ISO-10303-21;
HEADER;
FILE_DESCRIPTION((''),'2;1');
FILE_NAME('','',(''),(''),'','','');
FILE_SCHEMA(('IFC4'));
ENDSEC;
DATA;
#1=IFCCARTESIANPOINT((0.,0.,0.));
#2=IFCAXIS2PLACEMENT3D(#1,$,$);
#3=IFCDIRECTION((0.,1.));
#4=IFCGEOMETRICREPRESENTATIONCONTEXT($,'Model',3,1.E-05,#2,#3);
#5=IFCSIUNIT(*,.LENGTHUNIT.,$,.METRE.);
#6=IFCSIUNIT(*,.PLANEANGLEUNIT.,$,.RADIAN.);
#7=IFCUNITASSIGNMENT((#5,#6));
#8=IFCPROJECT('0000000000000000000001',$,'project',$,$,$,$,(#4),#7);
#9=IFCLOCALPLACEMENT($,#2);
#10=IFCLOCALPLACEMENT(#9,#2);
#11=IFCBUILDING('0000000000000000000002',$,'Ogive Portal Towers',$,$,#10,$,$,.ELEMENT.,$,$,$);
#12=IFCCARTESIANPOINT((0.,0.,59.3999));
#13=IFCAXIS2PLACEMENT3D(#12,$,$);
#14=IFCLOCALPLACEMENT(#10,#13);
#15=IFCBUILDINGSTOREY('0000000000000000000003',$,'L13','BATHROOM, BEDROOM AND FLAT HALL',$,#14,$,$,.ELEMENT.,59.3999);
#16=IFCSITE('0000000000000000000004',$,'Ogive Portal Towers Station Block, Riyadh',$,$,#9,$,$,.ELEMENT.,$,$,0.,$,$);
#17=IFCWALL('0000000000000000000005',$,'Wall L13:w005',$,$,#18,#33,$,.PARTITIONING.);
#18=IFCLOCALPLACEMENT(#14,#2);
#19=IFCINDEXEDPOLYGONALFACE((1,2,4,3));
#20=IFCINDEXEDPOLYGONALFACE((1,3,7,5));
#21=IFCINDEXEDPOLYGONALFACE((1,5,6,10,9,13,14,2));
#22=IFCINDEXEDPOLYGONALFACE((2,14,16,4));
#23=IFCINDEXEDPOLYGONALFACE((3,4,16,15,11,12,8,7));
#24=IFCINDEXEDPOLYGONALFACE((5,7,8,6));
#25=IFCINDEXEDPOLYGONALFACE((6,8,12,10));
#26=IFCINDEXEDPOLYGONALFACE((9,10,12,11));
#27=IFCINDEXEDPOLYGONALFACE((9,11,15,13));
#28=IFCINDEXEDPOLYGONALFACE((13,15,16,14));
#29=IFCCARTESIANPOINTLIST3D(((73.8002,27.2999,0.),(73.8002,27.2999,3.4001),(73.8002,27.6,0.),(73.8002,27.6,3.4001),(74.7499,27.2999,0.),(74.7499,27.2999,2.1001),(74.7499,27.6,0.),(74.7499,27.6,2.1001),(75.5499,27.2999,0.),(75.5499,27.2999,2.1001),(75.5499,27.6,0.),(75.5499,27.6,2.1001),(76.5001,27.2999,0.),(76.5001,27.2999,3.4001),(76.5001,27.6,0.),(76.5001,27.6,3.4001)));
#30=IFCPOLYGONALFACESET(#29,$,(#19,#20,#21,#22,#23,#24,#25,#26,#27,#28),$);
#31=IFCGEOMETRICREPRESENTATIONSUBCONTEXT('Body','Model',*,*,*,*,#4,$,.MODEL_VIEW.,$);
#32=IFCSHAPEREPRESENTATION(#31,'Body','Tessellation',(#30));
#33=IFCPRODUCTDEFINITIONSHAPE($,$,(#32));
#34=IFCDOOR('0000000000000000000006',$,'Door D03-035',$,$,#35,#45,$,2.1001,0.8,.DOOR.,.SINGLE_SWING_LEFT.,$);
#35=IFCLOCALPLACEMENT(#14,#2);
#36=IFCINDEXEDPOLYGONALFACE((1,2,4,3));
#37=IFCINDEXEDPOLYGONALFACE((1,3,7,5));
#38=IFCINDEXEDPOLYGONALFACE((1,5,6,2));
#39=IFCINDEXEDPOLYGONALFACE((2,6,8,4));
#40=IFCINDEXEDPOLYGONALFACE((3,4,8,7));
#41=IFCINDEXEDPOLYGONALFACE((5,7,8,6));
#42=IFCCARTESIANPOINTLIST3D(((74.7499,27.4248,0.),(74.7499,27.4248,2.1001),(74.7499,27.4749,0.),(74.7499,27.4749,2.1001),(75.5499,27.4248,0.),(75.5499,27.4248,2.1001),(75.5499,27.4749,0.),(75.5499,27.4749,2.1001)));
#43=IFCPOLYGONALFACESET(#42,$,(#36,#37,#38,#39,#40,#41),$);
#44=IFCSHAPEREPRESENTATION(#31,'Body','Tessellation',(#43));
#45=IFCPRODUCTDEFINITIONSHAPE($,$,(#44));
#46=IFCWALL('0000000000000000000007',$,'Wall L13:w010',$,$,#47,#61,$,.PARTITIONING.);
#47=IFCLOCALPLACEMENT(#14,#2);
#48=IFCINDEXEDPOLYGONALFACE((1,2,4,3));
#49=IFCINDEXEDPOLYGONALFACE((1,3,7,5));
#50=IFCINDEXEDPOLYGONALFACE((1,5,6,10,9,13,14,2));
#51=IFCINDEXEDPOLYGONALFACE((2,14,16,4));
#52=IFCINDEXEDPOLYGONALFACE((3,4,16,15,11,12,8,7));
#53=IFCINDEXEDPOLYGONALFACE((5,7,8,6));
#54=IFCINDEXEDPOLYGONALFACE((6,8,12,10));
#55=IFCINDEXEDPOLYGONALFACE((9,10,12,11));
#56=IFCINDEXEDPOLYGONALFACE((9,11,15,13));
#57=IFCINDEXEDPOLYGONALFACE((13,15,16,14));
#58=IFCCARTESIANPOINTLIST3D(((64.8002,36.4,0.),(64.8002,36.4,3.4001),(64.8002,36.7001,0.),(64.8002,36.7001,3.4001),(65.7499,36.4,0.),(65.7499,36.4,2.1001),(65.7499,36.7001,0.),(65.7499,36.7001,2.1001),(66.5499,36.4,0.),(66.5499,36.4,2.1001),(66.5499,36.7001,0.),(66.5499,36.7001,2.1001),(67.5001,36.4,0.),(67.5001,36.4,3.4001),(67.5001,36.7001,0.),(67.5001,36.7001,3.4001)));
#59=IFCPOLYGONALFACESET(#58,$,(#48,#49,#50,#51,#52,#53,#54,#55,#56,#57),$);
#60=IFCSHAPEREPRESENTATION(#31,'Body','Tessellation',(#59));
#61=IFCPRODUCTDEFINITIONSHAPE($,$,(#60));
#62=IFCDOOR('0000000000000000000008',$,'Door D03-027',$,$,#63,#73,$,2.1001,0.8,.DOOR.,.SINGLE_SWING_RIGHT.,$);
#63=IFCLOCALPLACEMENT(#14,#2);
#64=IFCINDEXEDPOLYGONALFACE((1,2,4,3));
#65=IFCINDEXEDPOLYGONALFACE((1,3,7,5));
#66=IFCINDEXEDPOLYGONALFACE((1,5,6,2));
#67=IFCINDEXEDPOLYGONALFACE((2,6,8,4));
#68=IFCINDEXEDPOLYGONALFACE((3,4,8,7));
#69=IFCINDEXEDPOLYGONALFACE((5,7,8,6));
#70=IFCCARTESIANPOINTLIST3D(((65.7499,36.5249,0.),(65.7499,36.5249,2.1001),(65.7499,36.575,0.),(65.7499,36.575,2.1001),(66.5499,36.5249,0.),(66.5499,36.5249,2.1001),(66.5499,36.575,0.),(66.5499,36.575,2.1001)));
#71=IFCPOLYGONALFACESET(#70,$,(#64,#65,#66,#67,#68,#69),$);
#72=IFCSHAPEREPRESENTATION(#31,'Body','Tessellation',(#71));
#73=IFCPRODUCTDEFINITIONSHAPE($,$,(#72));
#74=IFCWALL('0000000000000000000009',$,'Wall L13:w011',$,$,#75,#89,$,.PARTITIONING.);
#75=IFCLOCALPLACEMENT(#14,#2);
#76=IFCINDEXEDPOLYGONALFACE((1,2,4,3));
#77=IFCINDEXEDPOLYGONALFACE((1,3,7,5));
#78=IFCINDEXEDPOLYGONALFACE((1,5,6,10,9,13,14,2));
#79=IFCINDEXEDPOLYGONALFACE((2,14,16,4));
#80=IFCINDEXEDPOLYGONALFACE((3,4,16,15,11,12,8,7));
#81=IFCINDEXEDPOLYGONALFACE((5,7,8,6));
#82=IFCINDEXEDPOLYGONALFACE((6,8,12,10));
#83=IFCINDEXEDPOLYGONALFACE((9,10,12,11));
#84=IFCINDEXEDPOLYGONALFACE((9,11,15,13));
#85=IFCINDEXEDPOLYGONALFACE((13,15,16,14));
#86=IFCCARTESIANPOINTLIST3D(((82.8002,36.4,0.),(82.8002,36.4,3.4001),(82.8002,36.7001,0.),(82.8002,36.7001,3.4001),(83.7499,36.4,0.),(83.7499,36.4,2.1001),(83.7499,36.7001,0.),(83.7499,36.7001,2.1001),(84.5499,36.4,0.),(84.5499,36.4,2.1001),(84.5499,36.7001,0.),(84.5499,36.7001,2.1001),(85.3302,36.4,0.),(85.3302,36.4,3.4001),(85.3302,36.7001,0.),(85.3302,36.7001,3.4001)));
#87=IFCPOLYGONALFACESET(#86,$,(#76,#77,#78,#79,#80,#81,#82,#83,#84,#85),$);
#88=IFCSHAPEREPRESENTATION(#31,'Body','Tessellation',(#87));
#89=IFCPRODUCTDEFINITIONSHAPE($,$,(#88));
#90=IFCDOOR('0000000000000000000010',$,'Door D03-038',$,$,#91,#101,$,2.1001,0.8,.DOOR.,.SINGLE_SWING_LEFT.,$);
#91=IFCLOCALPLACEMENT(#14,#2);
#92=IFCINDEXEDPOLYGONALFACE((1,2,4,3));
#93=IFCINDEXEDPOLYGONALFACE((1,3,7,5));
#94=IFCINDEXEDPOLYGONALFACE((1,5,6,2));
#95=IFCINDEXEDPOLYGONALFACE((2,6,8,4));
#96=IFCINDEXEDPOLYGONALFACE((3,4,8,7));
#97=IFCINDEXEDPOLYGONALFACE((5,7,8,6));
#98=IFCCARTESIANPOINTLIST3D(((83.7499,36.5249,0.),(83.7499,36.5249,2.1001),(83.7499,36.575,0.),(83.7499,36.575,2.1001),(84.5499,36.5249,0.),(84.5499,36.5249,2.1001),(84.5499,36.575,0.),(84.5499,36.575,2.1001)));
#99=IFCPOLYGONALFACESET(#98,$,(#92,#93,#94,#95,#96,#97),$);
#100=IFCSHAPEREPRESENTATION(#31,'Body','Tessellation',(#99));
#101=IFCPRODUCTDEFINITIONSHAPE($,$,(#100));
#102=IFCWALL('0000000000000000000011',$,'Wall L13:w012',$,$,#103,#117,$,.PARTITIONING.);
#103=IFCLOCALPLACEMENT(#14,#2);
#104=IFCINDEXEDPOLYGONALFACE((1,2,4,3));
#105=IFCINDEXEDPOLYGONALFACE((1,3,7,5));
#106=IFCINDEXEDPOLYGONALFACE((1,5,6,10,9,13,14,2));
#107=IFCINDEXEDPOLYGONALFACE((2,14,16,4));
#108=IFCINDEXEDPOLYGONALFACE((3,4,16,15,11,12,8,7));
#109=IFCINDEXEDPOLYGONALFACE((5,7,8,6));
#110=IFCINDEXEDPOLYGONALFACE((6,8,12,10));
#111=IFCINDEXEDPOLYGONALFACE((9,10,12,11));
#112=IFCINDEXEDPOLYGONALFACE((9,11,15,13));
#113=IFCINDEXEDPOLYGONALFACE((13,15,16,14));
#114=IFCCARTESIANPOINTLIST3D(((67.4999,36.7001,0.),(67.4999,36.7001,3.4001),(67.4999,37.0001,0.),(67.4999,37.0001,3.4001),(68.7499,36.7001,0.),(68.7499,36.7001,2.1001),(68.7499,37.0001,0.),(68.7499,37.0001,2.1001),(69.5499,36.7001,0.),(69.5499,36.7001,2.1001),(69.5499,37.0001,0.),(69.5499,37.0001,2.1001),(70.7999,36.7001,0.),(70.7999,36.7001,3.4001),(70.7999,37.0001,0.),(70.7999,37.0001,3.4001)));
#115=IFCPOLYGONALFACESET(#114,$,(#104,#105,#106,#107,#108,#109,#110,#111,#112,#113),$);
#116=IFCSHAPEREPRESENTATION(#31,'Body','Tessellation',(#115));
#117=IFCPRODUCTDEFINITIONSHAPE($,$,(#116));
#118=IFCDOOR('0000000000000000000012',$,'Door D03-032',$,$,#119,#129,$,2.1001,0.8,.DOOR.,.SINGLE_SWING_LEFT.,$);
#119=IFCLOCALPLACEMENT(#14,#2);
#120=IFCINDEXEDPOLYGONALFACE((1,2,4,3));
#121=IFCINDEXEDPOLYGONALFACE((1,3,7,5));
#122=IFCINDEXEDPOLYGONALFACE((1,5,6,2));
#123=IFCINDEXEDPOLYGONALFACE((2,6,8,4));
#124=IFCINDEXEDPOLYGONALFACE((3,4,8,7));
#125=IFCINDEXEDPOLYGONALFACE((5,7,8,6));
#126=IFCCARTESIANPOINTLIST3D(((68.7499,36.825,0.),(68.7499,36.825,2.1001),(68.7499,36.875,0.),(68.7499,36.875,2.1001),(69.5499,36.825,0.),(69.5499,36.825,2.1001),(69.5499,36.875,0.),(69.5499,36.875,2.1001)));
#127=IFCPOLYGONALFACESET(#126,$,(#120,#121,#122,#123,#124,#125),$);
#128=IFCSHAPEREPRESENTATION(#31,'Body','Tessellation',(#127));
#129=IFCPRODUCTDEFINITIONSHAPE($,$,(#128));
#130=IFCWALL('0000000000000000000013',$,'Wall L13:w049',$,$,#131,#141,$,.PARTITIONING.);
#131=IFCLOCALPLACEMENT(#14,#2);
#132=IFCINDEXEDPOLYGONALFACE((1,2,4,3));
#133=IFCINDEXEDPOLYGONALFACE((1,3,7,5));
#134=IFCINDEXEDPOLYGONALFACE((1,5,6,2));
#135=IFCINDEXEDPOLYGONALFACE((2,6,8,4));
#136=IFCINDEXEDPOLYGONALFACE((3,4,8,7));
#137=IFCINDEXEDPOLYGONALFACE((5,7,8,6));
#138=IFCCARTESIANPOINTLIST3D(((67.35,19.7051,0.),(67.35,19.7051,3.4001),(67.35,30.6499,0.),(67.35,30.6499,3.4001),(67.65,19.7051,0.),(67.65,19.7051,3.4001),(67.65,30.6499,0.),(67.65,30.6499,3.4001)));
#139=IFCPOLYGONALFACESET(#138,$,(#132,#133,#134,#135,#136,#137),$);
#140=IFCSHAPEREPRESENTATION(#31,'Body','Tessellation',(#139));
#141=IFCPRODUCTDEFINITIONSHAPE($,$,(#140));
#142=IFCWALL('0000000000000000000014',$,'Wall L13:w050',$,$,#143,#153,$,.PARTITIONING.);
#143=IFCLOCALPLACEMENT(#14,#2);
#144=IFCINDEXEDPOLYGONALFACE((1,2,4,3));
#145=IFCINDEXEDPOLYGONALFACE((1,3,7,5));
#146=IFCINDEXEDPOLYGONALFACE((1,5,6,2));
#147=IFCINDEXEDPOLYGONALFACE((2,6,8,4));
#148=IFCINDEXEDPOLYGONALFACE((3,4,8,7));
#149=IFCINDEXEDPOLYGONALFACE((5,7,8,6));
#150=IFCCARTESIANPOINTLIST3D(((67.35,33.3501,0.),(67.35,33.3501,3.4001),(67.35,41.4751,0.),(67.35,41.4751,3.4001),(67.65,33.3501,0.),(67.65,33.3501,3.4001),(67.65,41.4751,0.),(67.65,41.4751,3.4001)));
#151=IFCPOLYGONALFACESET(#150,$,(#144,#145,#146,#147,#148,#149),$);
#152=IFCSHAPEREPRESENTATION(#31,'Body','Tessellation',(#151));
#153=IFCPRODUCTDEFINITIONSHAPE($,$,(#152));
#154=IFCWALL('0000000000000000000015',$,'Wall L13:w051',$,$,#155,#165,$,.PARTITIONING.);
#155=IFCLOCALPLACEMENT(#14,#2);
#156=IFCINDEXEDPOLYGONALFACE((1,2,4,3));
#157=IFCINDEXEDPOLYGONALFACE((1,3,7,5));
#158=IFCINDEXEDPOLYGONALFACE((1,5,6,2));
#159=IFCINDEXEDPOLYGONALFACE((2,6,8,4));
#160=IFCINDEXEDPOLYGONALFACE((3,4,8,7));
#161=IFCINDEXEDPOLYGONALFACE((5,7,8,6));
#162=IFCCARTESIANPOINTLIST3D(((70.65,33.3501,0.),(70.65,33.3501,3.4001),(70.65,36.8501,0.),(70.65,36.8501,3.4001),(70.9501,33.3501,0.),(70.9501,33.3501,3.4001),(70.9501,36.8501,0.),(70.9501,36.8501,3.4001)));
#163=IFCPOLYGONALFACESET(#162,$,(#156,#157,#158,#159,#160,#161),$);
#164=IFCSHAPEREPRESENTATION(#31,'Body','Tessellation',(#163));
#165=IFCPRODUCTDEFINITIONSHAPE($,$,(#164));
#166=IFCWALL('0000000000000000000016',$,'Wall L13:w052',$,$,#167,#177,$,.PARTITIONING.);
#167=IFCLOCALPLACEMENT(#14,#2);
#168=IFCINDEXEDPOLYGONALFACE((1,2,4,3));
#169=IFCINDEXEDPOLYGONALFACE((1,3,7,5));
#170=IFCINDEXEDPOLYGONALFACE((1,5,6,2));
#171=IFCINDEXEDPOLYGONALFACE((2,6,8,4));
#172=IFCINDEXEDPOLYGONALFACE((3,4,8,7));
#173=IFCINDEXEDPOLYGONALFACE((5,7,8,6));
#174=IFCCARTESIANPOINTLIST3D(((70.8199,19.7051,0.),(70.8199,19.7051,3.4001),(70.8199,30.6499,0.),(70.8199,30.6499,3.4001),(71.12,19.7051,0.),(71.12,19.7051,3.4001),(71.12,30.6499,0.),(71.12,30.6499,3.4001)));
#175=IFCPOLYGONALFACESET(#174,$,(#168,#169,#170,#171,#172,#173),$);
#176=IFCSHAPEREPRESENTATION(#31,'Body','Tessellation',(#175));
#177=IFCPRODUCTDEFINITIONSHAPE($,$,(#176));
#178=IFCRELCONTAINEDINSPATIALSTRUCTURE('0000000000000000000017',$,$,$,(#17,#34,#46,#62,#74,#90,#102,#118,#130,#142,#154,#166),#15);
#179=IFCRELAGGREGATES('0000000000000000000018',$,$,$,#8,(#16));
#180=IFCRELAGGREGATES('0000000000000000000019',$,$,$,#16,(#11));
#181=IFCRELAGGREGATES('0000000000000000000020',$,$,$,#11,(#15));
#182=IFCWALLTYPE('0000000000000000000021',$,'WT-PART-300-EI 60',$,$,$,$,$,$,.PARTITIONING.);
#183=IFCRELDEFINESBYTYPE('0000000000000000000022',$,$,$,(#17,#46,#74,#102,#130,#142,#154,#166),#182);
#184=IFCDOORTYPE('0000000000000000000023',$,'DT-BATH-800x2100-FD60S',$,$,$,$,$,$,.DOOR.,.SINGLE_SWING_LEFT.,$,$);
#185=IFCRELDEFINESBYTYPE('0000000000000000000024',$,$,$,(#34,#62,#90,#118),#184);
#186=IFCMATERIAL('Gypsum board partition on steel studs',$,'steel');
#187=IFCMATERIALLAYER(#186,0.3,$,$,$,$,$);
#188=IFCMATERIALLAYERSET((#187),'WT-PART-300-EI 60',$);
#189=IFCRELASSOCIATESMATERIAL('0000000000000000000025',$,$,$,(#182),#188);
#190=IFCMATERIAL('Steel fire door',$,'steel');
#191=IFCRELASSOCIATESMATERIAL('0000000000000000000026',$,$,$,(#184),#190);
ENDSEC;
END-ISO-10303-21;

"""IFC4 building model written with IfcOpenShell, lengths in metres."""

from ifc_helpers import new_model, si_unit, direction, frame, frame_2d, origin, place, context, subcontext, project, spatial, rectangle, extrude, material, layer, layer_set, type_object, element, fill, save


model = new_model("IFC4")

# Units and contexts
model_context = context("Model", 3, precision=1e-05, world=origin(), true_north=direction((0.0, 1.0)))
body_context = subcontext(model_context, "Body", "Model", "MODEL_VIEW")
ifc_project = project(units=[si_unit("LENGTHUNIT", "METRE"), si_unit("PLANEANGLEUNIT", "RADIAN")], contexts=[model_context])

# Site, building, storey
site_placement = place(None, origin())
site = spatial("IfcSite", under=ifc_project, at=site_placement, Name="Ogive Portal Towers Station Block, Riyadh", CompositionType="ELEMENT", RefElevation=0.0)
building_placement = place(site_placement, origin())
building = spatial("IfcBuilding", under=site, at=building_placement, Name="Ogive Portal Towers", CompositionType="ELEMENT")
storey_placement = place(building_placement, frame((0.0, 0.0, 59.3999)))
storey = spatial("IfcBuildingStorey", under=building, at=storey_placement, Name="L13", Description="BATHROOM, BEDROOM AND FLAT HALL", CompositionType="ELEMENT", Elevation=59.3999)

# Walls, openings, doors
ifc_material_1 = material(Name="Gypsum board partition on steel studs", Category="steel")
ifc_layer_1 = layer(ifc_material_1, 0.3)
ifc_layer_set_1 = layer_set([ifc_layer_1], Name="WT-PART-300-EI 60")
wall_type = type_object("IfcWallType", Name="WT-PART-300-EI 60", PredefinedType="PARTITIONING", material=ifc_layer_set_1)
ifc_material_2 = material(Name="Steel fire door", Category="steel")
door_type = type_object("IfcDoorType", Name="DT-BATH-800x2100-FD60S", OperationType="SINGLE_SWING_LEFT", PredefinedType="DOOR", material=ifc_material_2)
wall_1_placement = place(storey_placement, frame((73.8, 27.45, 0.0), z_axis=(0.0, 0.0, 1.0), x_axis=(1.0, 0.0, 0.0)))
wall_1 = element("IfcWall", 1, at=wall_1_placement, inside=storey, type_object=wall_type, Name="Wall L13:w005", PredefinedType="PARTITIONING", context=body_context, shape_type="SweptSolid", body=[
    extrude(rectangle(XDim=2.7, YDim=0.3, at=frame_2d((1.3501, 0.0))), origin(), (0.0, 0.0, 1.0), 3.4001),
])
opening_1_placement = place(wall_1_placement, frame((0.95, 0.0, 0.0)))
opening_1 = element("IfcOpeningElement", 2, at=opening_1_placement, cuts=wall_1, PredefinedType="OPENING", context=body_context, shape_type="SweptSolid", body=[
    extrude(rectangle(XDim=0.8, YDim=2.1001, at=frame_2d((0.3999, 1.05))), frame((0.0, 0.1602, 0.0), z_axis=(0.0, -1.0, 0.0), x_axis=(1.0, 0.0, 0.0)), (0.0, 0.0, 1.0), 0.3201),
])
door_1_placement = place(opening_1_placement, origin())
door_1 = element("IfcDoor", 3, at=door_1_placement, inside=storey, type_object=door_type, Name="Door D03-035", OperationType="SINGLE_SWING_LEFT", OverallHeight=2.1001, OverallWidth=0.8, PredefinedType="DOOR", context=body_context, shape_type="SweptSolid", body=[
    extrude(rectangle(XDim=0.8, YDim=2.1001, at=frame_2d((0.3999, 1.05))), frame((0.0, 0.0249, 0.0), z_axis=(0.0, -1.0, 0.0), x_axis=(1.0, 0.0, 0.0)), (0.0, 0.0, 1.0), 0.05),
])
fill(opening_1, door_1)
wall_2_placement = place(storey_placement, frame((64.8, 36.55, 0.0), z_axis=(0.0, 0.0, 1.0), x_axis=(1.0, 0.0, 0.0)))
wall_2 = element("IfcWall", 4, at=wall_2_placement, inside=storey, type_object=wall_type, Name="Wall L13:w010", PredefinedType="PARTITIONING", context=body_context, shape_type="SweptSolid", body=[
    extrude(rectangle(XDim=2.7, YDim=0.3, at=frame_2d((1.3501, 0.0))), origin(), (0.0, 0.0, 1.0), 3.4001),
])
opening_2_placement = place(wall_2_placement, frame((0.95, 0.0, 0.0)))
opening_2 = element("IfcOpeningElement", 5, at=opening_2_placement, cuts=wall_2, PredefinedType="OPENING", context=body_context, shape_type="SweptSolid", body=[
    extrude(rectangle(XDim=0.8, YDim=2.1001, at=frame_2d((0.3999, 1.05))), frame((0.0, 0.1602, 0.0), z_axis=(0.0, -1.0, 0.0), x_axis=(1.0, 0.0, 0.0)), (0.0, 0.0, 1.0), 0.3201),
])
door_2_placement = place(opening_2_placement, origin())
door_2 = element("IfcDoor", 6, at=door_2_placement, inside=storey, type_object=door_type, Name="Door D03-027", OperationType="SINGLE_SWING_RIGHT", OverallHeight=2.1001, OverallWidth=0.8, PredefinedType="DOOR", context=body_context, shape_type="SweptSolid", body=[
    extrude(rectangle(XDim=0.8, YDim=2.1001, at=frame_2d((0.3999, 1.05))), frame((0.0, 0.0249, 0.0), z_axis=(0.0, -1.0, 0.0), x_axis=(1.0, 0.0, 0.0)), (0.0, 0.0, 1.0), 0.05),
])
fill(opening_2, door_2)
wall_3_placement = place(storey_placement, frame((82.8, 36.55, 0.0), z_axis=(0.0, 0.0, 1.0), x_axis=(1.0, 0.0, 0.0)))
wall_3 = element("IfcWall", 7, at=wall_3_placement, inside=storey, type_object=wall_type, Name="Wall L13:w011", PredefinedType="PARTITIONING", context=body_context, shape_type="SweptSolid", body=[
    extrude(rectangle(XDim=2.53, YDim=0.3, at=frame_2d((1.2651, 0.0))), origin(), (0.0, 0.0, 1.0), 3.4001),
])
opening_3_placement = place(wall_3_placement, frame((0.95, 0.0, 0.0)))
opening_3 = element("IfcOpeningElement", 8, at=opening_3_placement, cuts=wall_3, PredefinedType="OPENING", context=body_context, shape_type="SweptSolid", body=[
    extrude(rectangle(XDim=0.8, YDim=2.1001, at=frame_2d((0.3999, 1.05))), frame((0.0, 0.1602, 0.0), z_axis=(0.0, -1.0, 0.0), x_axis=(1.0, 0.0, 0.0)), (0.0, 0.0, 1.0), 0.3201),
])
door_3_placement = place(opening_3_placement, origin())
door_3 = element("IfcDoor", 9, at=door_3_placement, inside=storey, type_object=door_type, Name="Door D03-038", OperationType="SINGLE_SWING_LEFT", OverallHeight=2.1001, OverallWidth=0.8, PredefinedType="DOOR", context=body_context, shape_type="SweptSolid", body=[
    extrude(rectangle(XDim=0.8, YDim=2.1001, at=frame_2d((0.3999, 1.05))), frame((0.0, 0.0249, 0.0), z_axis=(0.0, -1.0, 0.0), x_axis=(1.0, 0.0, 0.0)), (0.0, 0.0, 1.0), 0.05),
])
fill(opening_3, door_3)
wall_4_placement = place(storey_placement, frame((67.5, 36.8501, 0.0), z_axis=(0.0, 0.0, 1.0), x_axis=(1.0, 0.0, 0.0)))
wall_4 = element("IfcWall", 10, at=wall_4_placement, inside=storey, type_object=wall_type, Name="Wall L13:w012", PredefinedType="PARTITIONING", context=body_context, shape_type="SweptSolid", body=[
    extrude(rectangle(XDim=3.3, YDim=0.3, at=frame_2d((1.6499, 0.0))), origin(), (0.0, 0.0, 1.0), 3.4001),
])
opening_4_placement = place(wall_4_placement, frame((1.25, 0.0, 0.0)))
opening_4 = element("IfcOpeningElement", 11, at=opening_4_placement, cuts=wall_4, PredefinedType="OPENING", context=body_context, shape_type="SweptSolid", body=[
    extrude(rectangle(XDim=0.8, YDim=2.1001, at=frame_2d((0.3999, 1.05))), frame((0.0, 0.1602, 0.0), z_axis=(0.0, -1.0, 0.0), x_axis=(1.0, 0.0, 0.0)), (0.0, 0.0, 1.0), 0.3201),
])
door_4_placement = place(opening_4_placement, origin())
door_4 = element("IfcDoor", 12, at=door_4_placement, inside=storey, type_object=door_type, Name="Door D03-032", OperationType="SINGLE_SWING_LEFT", OverallHeight=2.1001, OverallWidth=0.8, PredefinedType="DOOR", context=body_context, shape_type="SweptSolid", body=[
    extrude(rectangle(XDim=0.8, YDim=2.1001, at=frame_2d((0.3999, 1.05))), frame((0.0, 0.0249, 0.0), z_axis=(0.0, -1.0, 0.0), x_axis=(1.0, 0.0, 0.0)), (0.0, 0.0, 1.0), 0.05),
])
fill(opening_4, door_4)

# Walls
wall_5_placement = place(storey_placement, frame((67.5, 19.7051, 0.0), z_axis=(0.0, 0.0, 1.0), x_axis=(0.0, 1.0, 0.0)))
element("IfcWall", 13, at=wall_5_placement, inside=storey, type_object=wall_type, Name="Wall L13:w049", PredefinedType="PARTITIONING", context=body_context, shape_type="SweptSolid", body=[
    extrude(rectangle(XDim=10.9448, YDim=0.3, at=frame_2d((5.4724, 0.0))), origin(), (0.0, 0.0, 1.0), 3.4001),
])
wall_6_placement = place(storey_placement, frame((67.5, 33.3501, 0.0), z_axis=(0.0, 0.0, 1.0), x_axis=(0.0, 1.0, 0.0)))
element("IfcWall", 14, at=wall_6_placement, inside=storey, type_object=wall_type, Name="Wall L13:w050", PredefinedType="PARTITIONING", context=body_context, shape_type="SweptSolid", body=[
    extrude(rectangle(XDim=8.125, YDim=0.3, at=frame_2d((4.0625, 0.0))), origin(), (0.0, 0.0, 1.0), 3.4001),
])
wall_7_placement = place(storey_placement, frame((70.8, 33.3501, 0.0), z_axis=(0.0, 0.0, 1.0), x_axis=(0.0, 1.0, 0.0)))
element("IfcWall", 15, at=wall_7_placement, inside=storey, type_object=wall_type, Name="Wall L13:w051", PredefinedType="PARTITIONING", context=body_context, shape_type="SweptSolid", body=[
    extrude(rectangle(XDim=3.5, YDim=0.3, at=frame_2d((1.75, 0.0))), origin(), (0.0, 0.0, 1.0), 3.4001),
])
wall_8_placement = place(storey_placement, frame((70.97, 19.7051, 0.0), z_axis=(0.0, 0.0, 1.0), x_axis=(0.0, 1.0, 0.0)))
element("IfcWall", 16, at=wall_8_placement, inside=storey, type_object=wall_type, Name="Wall L13:w052", PredefinedType="PARTITIONING", context=body_context, shape_type="SweptSolid", body=[
    extrude(rectangle(XDim=10.9448, YDim=0.3, at=frame_2d((5.4724, 0.0))), origin(), (0.0, 0.0, 1.0), 3.4001),
])

save(model, "model.ifc")
